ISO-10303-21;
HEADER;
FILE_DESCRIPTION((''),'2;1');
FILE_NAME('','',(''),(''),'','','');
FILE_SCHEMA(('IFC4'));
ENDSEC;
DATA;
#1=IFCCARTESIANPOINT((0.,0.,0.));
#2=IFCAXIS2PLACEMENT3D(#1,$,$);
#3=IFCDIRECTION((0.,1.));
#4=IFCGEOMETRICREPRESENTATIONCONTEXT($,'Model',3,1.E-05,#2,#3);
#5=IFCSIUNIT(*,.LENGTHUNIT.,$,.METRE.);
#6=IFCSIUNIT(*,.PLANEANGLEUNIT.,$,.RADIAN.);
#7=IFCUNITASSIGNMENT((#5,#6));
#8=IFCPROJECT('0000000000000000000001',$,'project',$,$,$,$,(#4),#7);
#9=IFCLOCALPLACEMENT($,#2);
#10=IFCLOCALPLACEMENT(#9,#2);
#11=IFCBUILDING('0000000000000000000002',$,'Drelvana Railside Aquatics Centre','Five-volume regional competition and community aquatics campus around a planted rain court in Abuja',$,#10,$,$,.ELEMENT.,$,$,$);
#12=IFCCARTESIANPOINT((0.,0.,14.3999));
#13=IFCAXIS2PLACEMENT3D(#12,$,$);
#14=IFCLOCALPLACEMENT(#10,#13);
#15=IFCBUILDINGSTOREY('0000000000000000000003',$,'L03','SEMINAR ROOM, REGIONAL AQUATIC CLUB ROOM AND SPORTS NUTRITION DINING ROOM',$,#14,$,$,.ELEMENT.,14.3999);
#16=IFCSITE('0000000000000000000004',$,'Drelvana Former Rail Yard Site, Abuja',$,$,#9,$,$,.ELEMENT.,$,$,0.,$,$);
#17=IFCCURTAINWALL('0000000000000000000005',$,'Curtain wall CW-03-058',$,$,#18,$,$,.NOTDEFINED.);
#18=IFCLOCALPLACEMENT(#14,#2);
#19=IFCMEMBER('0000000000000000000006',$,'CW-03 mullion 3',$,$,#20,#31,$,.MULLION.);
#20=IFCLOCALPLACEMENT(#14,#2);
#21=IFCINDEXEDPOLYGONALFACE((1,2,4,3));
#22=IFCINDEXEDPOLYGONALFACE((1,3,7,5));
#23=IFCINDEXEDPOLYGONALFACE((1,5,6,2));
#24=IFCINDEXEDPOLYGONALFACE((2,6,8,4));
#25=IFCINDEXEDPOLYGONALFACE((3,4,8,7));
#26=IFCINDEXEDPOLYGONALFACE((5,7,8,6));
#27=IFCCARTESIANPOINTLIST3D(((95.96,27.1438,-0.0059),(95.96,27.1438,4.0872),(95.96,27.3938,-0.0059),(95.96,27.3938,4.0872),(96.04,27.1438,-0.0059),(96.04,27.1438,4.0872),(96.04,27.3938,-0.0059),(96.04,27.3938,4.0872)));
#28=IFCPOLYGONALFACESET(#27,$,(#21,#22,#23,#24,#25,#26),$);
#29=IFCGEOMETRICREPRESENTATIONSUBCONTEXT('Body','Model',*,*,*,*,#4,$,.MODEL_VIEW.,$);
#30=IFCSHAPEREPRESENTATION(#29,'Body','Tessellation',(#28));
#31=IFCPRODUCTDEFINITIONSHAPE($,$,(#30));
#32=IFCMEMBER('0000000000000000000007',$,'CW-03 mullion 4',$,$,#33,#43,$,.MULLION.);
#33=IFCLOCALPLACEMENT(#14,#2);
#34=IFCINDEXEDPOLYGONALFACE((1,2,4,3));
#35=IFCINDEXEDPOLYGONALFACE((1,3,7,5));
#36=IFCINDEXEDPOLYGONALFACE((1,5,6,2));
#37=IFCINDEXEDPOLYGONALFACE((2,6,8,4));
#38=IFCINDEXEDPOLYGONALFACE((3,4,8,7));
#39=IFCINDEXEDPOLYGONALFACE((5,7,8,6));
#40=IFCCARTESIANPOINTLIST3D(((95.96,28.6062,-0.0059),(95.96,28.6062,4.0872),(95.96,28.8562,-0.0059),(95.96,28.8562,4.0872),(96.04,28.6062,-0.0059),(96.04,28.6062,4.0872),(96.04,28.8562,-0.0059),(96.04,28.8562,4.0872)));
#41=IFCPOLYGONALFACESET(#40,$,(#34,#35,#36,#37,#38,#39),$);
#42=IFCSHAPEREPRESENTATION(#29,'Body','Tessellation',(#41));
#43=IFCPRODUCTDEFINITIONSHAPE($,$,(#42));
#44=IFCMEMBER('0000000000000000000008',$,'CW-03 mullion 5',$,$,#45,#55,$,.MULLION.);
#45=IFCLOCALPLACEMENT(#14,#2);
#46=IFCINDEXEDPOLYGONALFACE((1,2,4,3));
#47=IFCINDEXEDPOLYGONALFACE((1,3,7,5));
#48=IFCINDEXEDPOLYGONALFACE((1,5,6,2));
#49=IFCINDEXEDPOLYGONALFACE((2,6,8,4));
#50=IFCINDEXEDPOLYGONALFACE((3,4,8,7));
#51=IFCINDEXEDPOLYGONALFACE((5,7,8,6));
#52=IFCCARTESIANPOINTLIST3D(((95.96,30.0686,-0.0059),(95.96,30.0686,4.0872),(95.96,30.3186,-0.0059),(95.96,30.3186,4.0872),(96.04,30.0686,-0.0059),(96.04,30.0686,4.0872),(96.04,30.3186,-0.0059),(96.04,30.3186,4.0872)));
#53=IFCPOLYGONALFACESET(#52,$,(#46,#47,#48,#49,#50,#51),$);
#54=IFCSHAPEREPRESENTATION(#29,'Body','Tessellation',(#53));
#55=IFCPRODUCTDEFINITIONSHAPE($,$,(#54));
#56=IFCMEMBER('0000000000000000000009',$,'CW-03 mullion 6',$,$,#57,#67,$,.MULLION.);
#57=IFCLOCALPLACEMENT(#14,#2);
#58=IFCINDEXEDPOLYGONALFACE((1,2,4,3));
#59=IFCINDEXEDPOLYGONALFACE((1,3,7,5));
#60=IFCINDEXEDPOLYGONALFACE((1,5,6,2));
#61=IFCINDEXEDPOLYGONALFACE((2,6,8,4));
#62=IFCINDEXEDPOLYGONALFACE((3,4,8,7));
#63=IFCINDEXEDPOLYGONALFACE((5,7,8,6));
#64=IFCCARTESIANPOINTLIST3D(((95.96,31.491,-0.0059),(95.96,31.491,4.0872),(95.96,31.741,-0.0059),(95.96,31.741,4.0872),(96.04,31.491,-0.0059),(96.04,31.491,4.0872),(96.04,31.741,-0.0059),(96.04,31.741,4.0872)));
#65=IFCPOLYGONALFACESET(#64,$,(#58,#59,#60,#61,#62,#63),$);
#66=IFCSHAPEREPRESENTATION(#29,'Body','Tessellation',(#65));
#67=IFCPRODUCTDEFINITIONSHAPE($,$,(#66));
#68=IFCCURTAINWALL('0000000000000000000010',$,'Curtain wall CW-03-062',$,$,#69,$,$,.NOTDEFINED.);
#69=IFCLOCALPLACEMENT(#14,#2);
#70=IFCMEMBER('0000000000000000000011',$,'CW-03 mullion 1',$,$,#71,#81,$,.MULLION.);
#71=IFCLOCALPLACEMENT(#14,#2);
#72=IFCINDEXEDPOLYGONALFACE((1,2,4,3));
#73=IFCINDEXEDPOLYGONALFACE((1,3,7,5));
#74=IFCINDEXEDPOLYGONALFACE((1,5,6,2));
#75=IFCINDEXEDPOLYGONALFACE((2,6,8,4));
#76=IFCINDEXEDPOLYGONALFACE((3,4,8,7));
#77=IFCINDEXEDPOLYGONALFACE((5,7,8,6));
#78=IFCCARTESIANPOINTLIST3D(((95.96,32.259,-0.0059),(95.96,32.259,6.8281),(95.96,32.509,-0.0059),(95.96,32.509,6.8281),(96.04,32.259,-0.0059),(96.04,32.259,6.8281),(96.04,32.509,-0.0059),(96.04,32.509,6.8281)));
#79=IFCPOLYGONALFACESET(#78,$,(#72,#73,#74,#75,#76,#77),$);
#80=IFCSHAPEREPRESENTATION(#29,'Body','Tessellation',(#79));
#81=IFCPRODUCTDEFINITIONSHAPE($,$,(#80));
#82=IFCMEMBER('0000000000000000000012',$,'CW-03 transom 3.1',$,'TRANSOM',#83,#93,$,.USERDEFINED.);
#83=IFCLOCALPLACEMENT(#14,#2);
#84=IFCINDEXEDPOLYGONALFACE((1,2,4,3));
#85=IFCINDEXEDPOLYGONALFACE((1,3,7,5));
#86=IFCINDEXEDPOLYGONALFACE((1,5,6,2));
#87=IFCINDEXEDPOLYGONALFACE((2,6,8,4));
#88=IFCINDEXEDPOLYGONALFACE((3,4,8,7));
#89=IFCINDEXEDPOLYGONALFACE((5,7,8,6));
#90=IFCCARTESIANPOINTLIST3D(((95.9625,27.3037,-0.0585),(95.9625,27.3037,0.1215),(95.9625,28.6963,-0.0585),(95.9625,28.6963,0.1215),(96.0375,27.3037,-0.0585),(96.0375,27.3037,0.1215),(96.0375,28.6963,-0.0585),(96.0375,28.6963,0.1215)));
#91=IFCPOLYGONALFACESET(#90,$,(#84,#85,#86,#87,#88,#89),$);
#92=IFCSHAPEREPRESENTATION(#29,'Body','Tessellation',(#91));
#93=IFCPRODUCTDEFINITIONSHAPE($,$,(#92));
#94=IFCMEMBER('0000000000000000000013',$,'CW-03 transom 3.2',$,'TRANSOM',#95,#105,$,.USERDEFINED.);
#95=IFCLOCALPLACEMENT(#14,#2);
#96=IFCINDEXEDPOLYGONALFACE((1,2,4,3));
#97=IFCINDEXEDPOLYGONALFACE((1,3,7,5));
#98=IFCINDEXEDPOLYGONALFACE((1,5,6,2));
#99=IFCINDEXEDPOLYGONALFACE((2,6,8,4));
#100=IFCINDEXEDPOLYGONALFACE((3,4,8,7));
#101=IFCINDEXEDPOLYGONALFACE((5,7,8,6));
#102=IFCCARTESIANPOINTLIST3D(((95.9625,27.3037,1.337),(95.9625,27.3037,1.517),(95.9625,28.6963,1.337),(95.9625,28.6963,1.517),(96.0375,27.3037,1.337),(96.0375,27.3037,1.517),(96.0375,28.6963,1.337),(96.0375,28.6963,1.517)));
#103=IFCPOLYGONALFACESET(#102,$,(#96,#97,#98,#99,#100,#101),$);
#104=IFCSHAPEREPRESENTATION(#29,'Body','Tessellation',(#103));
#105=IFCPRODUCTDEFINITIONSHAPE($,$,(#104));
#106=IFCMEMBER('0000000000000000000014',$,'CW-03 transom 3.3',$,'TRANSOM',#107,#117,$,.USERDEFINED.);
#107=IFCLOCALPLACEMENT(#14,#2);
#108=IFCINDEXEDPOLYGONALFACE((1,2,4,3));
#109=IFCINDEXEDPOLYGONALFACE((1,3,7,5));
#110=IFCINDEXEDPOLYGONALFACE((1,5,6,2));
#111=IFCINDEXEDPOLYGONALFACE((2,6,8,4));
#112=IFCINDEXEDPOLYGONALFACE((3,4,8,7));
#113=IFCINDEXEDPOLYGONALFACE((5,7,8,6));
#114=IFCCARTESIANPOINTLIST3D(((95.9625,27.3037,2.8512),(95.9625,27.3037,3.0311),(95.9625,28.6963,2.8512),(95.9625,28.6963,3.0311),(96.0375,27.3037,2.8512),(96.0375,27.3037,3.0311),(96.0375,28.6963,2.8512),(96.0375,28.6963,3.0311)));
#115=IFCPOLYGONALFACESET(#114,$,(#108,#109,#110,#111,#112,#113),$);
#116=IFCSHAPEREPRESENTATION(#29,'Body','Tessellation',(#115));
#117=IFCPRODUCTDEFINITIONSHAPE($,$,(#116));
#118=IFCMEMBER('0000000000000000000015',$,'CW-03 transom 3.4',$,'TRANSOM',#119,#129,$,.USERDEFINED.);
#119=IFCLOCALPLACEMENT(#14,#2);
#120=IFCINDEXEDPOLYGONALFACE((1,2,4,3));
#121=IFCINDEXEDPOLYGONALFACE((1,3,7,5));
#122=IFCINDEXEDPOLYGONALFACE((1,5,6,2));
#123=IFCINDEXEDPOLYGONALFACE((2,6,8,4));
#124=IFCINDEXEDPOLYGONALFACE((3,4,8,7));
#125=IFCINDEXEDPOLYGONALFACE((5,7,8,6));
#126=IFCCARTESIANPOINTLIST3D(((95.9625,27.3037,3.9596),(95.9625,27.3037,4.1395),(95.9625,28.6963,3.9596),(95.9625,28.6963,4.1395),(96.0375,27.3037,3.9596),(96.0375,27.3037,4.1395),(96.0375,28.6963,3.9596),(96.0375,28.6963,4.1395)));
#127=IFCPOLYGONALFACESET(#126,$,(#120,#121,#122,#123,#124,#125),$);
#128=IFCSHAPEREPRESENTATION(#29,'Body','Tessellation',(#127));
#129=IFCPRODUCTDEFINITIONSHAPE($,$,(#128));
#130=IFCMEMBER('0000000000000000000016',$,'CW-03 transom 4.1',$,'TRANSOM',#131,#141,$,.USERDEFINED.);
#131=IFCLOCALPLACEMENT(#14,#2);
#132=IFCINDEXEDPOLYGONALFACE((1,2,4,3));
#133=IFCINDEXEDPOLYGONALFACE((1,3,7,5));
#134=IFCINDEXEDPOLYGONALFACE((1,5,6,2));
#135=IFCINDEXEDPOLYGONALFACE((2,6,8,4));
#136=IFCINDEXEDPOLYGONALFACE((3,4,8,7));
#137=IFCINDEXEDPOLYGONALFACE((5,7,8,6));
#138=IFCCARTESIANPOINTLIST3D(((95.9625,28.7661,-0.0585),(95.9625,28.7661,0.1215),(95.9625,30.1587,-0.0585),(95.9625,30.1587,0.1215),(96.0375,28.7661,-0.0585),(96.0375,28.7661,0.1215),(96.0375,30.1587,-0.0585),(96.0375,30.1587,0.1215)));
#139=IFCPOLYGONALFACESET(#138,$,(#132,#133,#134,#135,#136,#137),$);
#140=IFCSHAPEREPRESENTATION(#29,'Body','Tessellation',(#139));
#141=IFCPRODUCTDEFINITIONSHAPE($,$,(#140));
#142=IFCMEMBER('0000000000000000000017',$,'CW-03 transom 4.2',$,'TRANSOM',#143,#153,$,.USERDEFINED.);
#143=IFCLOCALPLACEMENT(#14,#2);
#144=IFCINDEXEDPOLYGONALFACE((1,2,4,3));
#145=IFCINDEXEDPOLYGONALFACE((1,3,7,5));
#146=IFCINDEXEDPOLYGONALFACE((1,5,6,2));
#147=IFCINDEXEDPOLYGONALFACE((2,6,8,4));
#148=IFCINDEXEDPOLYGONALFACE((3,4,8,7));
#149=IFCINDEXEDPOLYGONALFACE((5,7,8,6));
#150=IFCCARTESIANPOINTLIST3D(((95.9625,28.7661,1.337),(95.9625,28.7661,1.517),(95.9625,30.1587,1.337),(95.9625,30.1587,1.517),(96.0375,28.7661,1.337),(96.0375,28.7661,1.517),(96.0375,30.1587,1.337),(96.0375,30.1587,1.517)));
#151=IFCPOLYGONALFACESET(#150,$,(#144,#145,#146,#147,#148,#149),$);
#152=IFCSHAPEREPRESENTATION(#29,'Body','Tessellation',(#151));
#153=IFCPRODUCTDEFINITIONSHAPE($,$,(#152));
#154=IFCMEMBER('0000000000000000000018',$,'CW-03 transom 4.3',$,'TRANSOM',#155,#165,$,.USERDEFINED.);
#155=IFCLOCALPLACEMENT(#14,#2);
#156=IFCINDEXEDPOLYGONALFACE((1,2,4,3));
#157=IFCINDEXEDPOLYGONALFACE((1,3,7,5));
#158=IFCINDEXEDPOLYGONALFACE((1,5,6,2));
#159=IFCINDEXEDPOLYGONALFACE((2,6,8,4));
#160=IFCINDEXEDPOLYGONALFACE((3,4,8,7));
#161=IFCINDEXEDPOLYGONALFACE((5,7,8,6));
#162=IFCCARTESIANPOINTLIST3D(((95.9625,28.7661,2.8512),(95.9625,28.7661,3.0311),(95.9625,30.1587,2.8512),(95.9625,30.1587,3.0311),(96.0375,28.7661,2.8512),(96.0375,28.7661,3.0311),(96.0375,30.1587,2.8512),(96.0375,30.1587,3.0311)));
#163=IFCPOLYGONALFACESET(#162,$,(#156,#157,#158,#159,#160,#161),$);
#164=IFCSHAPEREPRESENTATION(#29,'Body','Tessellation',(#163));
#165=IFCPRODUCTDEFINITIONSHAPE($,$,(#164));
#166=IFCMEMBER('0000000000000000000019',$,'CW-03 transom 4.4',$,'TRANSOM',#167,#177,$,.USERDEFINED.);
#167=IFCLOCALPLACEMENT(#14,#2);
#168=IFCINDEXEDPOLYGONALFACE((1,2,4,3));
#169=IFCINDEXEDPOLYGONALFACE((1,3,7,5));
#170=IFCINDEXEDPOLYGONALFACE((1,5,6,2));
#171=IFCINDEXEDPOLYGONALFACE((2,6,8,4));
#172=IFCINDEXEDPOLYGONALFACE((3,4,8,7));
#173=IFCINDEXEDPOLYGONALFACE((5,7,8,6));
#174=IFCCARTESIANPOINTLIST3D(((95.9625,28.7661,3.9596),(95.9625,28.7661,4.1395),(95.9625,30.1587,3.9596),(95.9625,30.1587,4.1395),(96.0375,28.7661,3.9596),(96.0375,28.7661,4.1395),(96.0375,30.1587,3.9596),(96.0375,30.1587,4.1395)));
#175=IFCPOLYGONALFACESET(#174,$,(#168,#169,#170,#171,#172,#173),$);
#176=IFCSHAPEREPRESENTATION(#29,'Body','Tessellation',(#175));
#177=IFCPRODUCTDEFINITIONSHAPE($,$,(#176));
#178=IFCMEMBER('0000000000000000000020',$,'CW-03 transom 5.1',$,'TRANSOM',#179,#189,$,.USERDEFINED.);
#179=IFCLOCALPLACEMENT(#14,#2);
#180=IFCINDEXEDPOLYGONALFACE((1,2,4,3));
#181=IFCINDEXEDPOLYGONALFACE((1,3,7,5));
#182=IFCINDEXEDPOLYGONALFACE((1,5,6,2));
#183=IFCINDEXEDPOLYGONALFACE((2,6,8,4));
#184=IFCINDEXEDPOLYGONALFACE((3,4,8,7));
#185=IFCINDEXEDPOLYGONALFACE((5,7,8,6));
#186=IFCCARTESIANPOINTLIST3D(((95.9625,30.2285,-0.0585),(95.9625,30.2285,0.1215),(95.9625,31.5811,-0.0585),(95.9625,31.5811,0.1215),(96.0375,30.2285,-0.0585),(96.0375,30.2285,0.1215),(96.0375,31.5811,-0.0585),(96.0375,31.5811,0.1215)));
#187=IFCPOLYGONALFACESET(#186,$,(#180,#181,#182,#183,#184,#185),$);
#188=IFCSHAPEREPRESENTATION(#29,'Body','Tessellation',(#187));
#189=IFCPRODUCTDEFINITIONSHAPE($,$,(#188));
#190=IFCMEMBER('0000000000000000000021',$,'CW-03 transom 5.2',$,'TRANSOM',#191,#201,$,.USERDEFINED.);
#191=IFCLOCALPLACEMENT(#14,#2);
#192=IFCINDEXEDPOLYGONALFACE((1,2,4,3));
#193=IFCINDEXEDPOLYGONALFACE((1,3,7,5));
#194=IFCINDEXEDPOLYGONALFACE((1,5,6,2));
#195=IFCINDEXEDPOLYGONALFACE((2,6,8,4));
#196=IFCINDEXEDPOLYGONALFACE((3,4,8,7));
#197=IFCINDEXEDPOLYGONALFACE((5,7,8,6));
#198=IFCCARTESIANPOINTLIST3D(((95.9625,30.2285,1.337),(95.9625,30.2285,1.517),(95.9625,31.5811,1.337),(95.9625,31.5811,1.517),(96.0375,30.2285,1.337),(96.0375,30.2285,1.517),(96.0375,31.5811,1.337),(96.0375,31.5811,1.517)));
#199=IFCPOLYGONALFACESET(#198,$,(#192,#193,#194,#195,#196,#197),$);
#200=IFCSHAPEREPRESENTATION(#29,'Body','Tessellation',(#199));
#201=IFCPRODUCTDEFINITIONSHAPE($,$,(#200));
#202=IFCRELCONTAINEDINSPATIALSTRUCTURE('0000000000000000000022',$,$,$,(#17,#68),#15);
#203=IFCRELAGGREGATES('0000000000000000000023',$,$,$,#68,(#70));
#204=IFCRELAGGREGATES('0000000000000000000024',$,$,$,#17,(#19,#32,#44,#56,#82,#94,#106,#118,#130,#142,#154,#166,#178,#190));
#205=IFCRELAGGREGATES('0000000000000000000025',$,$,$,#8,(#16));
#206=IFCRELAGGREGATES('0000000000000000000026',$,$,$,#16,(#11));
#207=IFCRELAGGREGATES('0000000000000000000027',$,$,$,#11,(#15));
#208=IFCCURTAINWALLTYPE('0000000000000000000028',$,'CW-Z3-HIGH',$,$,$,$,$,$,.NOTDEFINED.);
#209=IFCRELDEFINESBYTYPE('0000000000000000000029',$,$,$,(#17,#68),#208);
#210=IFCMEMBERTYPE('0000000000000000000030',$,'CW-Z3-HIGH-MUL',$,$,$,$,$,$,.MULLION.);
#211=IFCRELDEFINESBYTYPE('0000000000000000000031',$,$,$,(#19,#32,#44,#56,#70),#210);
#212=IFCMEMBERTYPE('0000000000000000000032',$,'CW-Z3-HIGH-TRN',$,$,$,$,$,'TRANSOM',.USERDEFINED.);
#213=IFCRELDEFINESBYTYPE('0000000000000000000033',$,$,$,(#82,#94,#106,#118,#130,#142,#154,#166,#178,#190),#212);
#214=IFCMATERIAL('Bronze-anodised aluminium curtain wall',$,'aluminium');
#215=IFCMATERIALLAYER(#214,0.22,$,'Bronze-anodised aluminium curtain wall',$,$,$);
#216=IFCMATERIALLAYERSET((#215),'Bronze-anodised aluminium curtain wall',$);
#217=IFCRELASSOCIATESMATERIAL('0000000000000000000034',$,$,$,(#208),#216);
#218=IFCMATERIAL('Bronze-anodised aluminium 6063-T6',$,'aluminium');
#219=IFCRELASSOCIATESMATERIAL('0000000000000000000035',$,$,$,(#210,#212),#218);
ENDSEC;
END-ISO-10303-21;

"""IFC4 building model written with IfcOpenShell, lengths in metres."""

from ifc_helpers import new_model, si_unit, direction, frame, origin, origin_2d, place, context, subcontext, project, spatial, rectangle, extrude, material, layer, layer_set, material_profile, profile_set, type_object, element, aggregate, save


model = new_model("IFC4")

# Units and contexts
model_context = context("Model", 3, precision=1e-05, world=origin(), true_north=direction((0.0, 1.0)))
body_context = subcontext(model_context, "Body", "Model", "MODEL_VIEW")
ifc_project = project(units=[si_unit("LENGTHUNIT", "METRE"), si_unit("PLANEANGLEUNIT", "RADIAN")], contexts=[model_context])

# Site, building, storey
site_placement = place(None, origin())
site = spatial("IfcSite", under=ifc_project, at=site_placement, Name="Drelvana Former Rail Yard Site, Abuja", CompositionType="ELEMENT", RefElevation=0.0)
building_placement = place(site_placement, origin())
building = spatial("IfcBuilding", under=site, at=building_placement, Name="Drelvana Railside Aquatics Centre", Description="Five-volume regional competition and community aquatics campus around a planted rain court in Abuja", CompositionType="ELEMENT")
storey_placement = place(building_placement, frame((0.0, 0.0, 14.3999)))
storey = spatial("IfcBuildingStorey", under=building, at=storey_placement, Name="L03", Description="SEMINAR ROOM, REGIONAL AQUATIC CLUB ROOM AND SPORTS NUTRITION DINING ROOM", CompositionType="ELEMENT", Elevation=14.3999)

# Curtain wall, members
ifc_material_1 = material(Name="Bronze-anodised aluminium curtain wall", Category="aluminium")
ifc_layer_1 = layer(ifc_material_1, 0.22, Name="Bronze-anodised aluminium curtain wall")
ifc_layer_set_1 = layer_set([ifc_layer_1], Name="Bronze-anodised aluminium curtain wall")
curtain_wall_type = type_object("IfcCurtainWallType", Name="CW-Z3-HIGH", PredefinedType="NOTDEFINED", material=ifc_layer_set_1)
curtain_wall_1_placement = place(storey_placement, origin())
curtain_wall_1 = element("IfcCurtainWall", 1, at=curtain_wall_1_placement, inside=storey, type_object=curtain_wall_type, Name="Curtain wall CW-03-058", PredefinedType="NOTDEFINED")
ifc_material_2 = material(Name="Bronze-anodised aluminium 6063-T6", Category="aluminium")
ifc_material_profile_1 = material_profile(ifc_material_2, rectangle(XDim=0.0801, YDim=0.25, at=origin_2d()), Name="ALU-M 80x250")
ifc_profile_set_1 = profile_set([ifc_material_profile_1], Name="Bronze-anodised aluminium 6063-T6")
member_type_1 = type_object("IfcMemberType", Name="CW-Z3-HIGH-MUL", PredefinedType="MULLION", material=ifc_profile_set_1)
member_1_placement = place(storey_placement, frame((96.0, 27.2688, -0.0059), z_axis=(0.0, 0.0, 1.0), x_axis=(-1.0, 0.0, 0.0)))
member_1 = element("IfcMember", 2, at=member_1_placement, type_object=member_type_1, Name="CW-03 mullion 3", PredefinedType="MULLION", context=body_context, shape_type="SweptSolid", body=[
    extrude(rectangle(XDim=0.0801, YDim=0.25, at=origin_2d()), origin(), (0.0, 0.0, 1.0), 4.093),
])
member_2_placement = place(storey_placement, frame((96.0, 28.7312, -0.0059), z_axis=(0.0, 0.0, 1.0), x_axis=(-1.0, 0.0, 0.0)))
member_2 = element("IfcMember", 3, at=member_2_placement, type_object=member_type_1, Name="CW-03 mullion 4", PredefinedType="MULLION", context=body_context, shape_type="SweptSolid", body=[
    extrude(rectangle(XDim=0.0801, YDim=0.25, at=origin_2d()), origin(), (0.0, 0.0, 1.0), 4.093),
])
member_3_placement = place(storey_placement, frame((96.0, 30.1936, -0.0059), z_axis=(0.0, 0.0, 1.0), x_axis=(-1.0, 0.0, 0.0)))
member_3 = element("IfcMember", 4, at=member_3_placement, type_object=member_type_1, Name="CW-03 mullion 5", PredefinedType="MULLION", context=body_context, shape_type="SweptSolid", body=[
    extrude(rectangle(XDim=0.0801, YDim=0.25, at=origin_2d()), origin(), (0.0, 0.0, 1.0), 4.093),
])
member_4_placement = place(storey_placement, frame((96.0, 31.616, -0.0059), z_axis=(0.0, 0.0, 1.0), x_axis=(-1.0, 0.0, 0.0)))
member_4 = element("IfcMember", 5, at=member_4_placement, type_object=member_type_1, Name="CW-03 mullion 6", PredefinedType="MULLION", context=body_context, shape_type="SweptSolid", body=[
    extrude(rectangle(XDim=0.0801, YDim=0.25, at=origin_2d()), origin(), (0.0, 0.0, 1.0), 4.093),
])

# Curtain wall, member
curtain_wall_2_placement = place(storey_placement, origin())
curtain_wall_2 = element("IfcCurtainWall", 6, at=curtain_wall_2_placement, inside=storey, type_object=curtain_wall_type, Name="Curtain wall CW-03-062", PredefinedType="NOTDEFINED")
member_5_placement = place(storey_placement, frame((96.0, 32.384, -0.0059), z_axis=(0.0, 0.0, 1.0), x_axis=(-1.0, 0.0, 0.0)))
member_5 = element("IfcMember", 7, at=member_5_placement, type_object=member_type_1, Name="CW-03 mullion 1", PredefinedType="MULLION", context=body_context, shape_type="SweptSolid", body=[
    extrude(rectangle(XDim=0.0801, YDim=0.25, at=origin_2d()), origin(), (0.0, 0.0, 1.0), 6.834),
])

# Members
ifc_material_profile_2 = material_profile(ifc_material_2, rectangle(XDim=0.1799, YDim=0.075, at=origin_2d()), Name="ALU-T 75x180")
ifc_profile_set_2 = profile_set([ifc_material_profile_2], Name="Bronze-anodised aluminium 6063-T6")
member_type_2 = type_object("IfcMemberType", Name="CW-Z3-HIGH-TRN", ElementType="TRANSOM", PredefinedType="USERDEFINED", material=ifc_profile_set_2)
member_6_placement = place(storey_placement, frame((96.0, 27.3037, 0.0315), z_axis=(0.0, 1.0, 0.0), x_axis=(0.0, 0.0, 1.0)))
member_6 = element("IfcMember", 8, at=member_6_placement, type_object=member_type_2, Name="CW-03 transom 3.1", ObjectType="TRANSOM", PredefinedType="USERDEFINED", context=body_context, shape_type="SweptSolid", body=[
    extrude(rectangle(XDim=0.1799, YDim=0.075, at=origin_2d()), origin(), (0.0, 0.0, 1.0), 1.3926),
])
member_7_placement = place(storey_placement, frame((96.0, 27.3037, 1.427), z_axis=(0.0, 1.0, 0.0), x_axis=(0.0, 0.0, 1.0)))
member_7 = element("IfcMember", 9, at=member_7_placement, type_object=member_type_2, Name="CW-03 transom 3.2", ObjectType="TRANSOM", PredefinedType="USERDEFINED", context=body_context, shape_type="SweptSolid", body=[
    extrude(rectangle(XDim=0.1799, YDim=0.075, at=origin_2d()), origin(), (0.0, 0.0, 1.0), 1.3926),
])
member_8_placement = place(storey_placement, frame((96.0, 27.3037, 2.9412), z_axis=(0.0, 1.0, 0.0), x_axis=(0.0, 0.0, 1.0)))
member_8 = element("IfcMember", 10, at=member_8_placement, type_object=member_type_2, Name="CW-03 transom 3.3", ObjectType="TRANSOM", PredefinedType="USERDEFINED", context=body_context, shape_type="SweptSolid", body=[
    extrude(rectangle(XDim=0.1799, YDim=0.075, at=origin_2d()), origin(), (0.0, 0.0, 1.0), 1.3926),
])
member_9_placement = place(storey_placement, frame((96.0, 27.3037, 4.0496), z_axis=(0.0, 1.0, 0.0), x_axis=(0.0, 0.0, 1.0)))
member_9 = element("IfcMember", 11, at=member_9_placement, type_object=member_type_2, Name="CW-03 transom 3.4", ObjectType="TRANSOM", PredefinedType="USERDEFINED", context=body_context, shape_type="SweptSolid", body=[
    extrude(rectangle(XDim=0.1799, YDim=0.075, at=origin_2d()), origin(), (0.0, 0.0, 1.0), 1.3926),
])
member_10_placement = place(storey_placement, frame((96.0, 28.7661, 0.0315), z_axis=(0.0, 1.0, 0.0), x_axis=(0.0, 0.0, 1.0)))
member_10 = element("IfcMember", 12, at=member_10_placement, type_object=member_type_2, Name="CW-03 transom 4.1", ObjectType="TRANSOM", PredefinedType="USERDEFINED", context=body_context, shape_type="SweptSolid", body=[
    extrude(rectangle(XDim=0.1799, YDim=0.075, at=origin_2d()), origin(), (0.0, 0.0, 1.0), 1.3926),
])
member_11_placement = place(storey_placement, frame((96.0, 28.7661, 1.427), z_axis=(0.0, 1.0, 0.0), x_axis=(0.0, 0.0, 1.0)))
member_11 = element("IfcMember", 13, at=member_11_placement, type_object=member_type_2, Name="CW-03 transom 4.2", ObjectType="TRANSOM", PredefinedType="USERDEFINED", context=body_context, shape_type="SweptSolid", body=[
    extrude(rectangle(XDim=0.1799, YDim=0.075, at=origin_2d()), origin(), (0.0, 0.0, 1.0), 1.3926),
])
member_12_placement = place(storey_placement, frame((96.0, 28.7661, 2.9412), z_axis=(0.0, 1.0, 0.0), x_axis=(0.0, 0.0, 1.0)))
member_12 = element("IfcMember", 14, at=member_12_placement, type_object=member_type_2, Name="CW-03 transom 4.3", ObjectType="TRANSOM", PredefinedType="USERDEFINED", context=body_context, shape_type="SweptSolid", body=[
    extrude(rectangle(XDim=0.1799, YDim=0.075, at=origin_2d()), origin(), (0.0, 0.0, 1.0), 1.3926),
])
member_13_placement = place(storey_placement, frame((96.0, 28.7661, 4.0496), z_axis=(0.0, 1.0, 0.0), x_axis=(0.0, 0.0, 1.0)))
member_13 = element("IfcMember", 15, at=member_13_placement, type_object=member_type_2, Name="CW-03 transom 4.4", ObjectType="TRANSOM", PredefinedType="USERDEFINED", context=body_context, shape_type="SweptSolid", body=[
    extrude(rectangle(XDim=0.1799, YDim=0.075, at=origin_2d()), origin(), (0.0, 0.0, 1.0), 1.3926),
])
member_14_placement = place(storey_placement, frame((96.0, 30.2285, 0.0315), z_axis=(0.0, 1.0, 0.0), x_axis=(0.0, 0.0, 1.0)))
member_14 = element("IfcMember", 16, at=member_14_placement, type_object=member_type_2, Name="CW-03 transom 5.1", ObjectType="TRANSOM", PredefinedType="USERDEFINED", context=body_context, shape_type="SweptSolid", body=[
    extrude(rectangle(XDim=0.1799, YDim=0.075, at=origin_2d()), origin(), (0.0, 0.0, 1.0), 1.3525),
])
member_15_placement = place(storey_placement, frame((96.0, 30.2285, 1.427), z_axis=(0.0, 1.0, 0.0), x_axis=(0.0, 0.0, 1.0)))
member_15 = element("IfcMember", 17, at=member_15_placement, type_object=member_type_2, Name="CW-03 transom 5.2", ObjectType="TRANSOM", PredefinedType="USERDEFINED", context=body_context, shape_type="SweptSolid", body=[
    extrude(rectangle(XDim=0.1799, YDim=0.075, at=origin_2d()), origin(), (0.0, 0.0, 1.0), 1.3525),
])
aggregate(curtain_wall_2, [member_5])

aggregate(curtain_wall_1, [member_1, member_2, member_3, member_4, member_6, member_7, member_8, member_9, member_10, member_11, member_12, member_13, member_14, member_15])

save(model, "model.ifc")
